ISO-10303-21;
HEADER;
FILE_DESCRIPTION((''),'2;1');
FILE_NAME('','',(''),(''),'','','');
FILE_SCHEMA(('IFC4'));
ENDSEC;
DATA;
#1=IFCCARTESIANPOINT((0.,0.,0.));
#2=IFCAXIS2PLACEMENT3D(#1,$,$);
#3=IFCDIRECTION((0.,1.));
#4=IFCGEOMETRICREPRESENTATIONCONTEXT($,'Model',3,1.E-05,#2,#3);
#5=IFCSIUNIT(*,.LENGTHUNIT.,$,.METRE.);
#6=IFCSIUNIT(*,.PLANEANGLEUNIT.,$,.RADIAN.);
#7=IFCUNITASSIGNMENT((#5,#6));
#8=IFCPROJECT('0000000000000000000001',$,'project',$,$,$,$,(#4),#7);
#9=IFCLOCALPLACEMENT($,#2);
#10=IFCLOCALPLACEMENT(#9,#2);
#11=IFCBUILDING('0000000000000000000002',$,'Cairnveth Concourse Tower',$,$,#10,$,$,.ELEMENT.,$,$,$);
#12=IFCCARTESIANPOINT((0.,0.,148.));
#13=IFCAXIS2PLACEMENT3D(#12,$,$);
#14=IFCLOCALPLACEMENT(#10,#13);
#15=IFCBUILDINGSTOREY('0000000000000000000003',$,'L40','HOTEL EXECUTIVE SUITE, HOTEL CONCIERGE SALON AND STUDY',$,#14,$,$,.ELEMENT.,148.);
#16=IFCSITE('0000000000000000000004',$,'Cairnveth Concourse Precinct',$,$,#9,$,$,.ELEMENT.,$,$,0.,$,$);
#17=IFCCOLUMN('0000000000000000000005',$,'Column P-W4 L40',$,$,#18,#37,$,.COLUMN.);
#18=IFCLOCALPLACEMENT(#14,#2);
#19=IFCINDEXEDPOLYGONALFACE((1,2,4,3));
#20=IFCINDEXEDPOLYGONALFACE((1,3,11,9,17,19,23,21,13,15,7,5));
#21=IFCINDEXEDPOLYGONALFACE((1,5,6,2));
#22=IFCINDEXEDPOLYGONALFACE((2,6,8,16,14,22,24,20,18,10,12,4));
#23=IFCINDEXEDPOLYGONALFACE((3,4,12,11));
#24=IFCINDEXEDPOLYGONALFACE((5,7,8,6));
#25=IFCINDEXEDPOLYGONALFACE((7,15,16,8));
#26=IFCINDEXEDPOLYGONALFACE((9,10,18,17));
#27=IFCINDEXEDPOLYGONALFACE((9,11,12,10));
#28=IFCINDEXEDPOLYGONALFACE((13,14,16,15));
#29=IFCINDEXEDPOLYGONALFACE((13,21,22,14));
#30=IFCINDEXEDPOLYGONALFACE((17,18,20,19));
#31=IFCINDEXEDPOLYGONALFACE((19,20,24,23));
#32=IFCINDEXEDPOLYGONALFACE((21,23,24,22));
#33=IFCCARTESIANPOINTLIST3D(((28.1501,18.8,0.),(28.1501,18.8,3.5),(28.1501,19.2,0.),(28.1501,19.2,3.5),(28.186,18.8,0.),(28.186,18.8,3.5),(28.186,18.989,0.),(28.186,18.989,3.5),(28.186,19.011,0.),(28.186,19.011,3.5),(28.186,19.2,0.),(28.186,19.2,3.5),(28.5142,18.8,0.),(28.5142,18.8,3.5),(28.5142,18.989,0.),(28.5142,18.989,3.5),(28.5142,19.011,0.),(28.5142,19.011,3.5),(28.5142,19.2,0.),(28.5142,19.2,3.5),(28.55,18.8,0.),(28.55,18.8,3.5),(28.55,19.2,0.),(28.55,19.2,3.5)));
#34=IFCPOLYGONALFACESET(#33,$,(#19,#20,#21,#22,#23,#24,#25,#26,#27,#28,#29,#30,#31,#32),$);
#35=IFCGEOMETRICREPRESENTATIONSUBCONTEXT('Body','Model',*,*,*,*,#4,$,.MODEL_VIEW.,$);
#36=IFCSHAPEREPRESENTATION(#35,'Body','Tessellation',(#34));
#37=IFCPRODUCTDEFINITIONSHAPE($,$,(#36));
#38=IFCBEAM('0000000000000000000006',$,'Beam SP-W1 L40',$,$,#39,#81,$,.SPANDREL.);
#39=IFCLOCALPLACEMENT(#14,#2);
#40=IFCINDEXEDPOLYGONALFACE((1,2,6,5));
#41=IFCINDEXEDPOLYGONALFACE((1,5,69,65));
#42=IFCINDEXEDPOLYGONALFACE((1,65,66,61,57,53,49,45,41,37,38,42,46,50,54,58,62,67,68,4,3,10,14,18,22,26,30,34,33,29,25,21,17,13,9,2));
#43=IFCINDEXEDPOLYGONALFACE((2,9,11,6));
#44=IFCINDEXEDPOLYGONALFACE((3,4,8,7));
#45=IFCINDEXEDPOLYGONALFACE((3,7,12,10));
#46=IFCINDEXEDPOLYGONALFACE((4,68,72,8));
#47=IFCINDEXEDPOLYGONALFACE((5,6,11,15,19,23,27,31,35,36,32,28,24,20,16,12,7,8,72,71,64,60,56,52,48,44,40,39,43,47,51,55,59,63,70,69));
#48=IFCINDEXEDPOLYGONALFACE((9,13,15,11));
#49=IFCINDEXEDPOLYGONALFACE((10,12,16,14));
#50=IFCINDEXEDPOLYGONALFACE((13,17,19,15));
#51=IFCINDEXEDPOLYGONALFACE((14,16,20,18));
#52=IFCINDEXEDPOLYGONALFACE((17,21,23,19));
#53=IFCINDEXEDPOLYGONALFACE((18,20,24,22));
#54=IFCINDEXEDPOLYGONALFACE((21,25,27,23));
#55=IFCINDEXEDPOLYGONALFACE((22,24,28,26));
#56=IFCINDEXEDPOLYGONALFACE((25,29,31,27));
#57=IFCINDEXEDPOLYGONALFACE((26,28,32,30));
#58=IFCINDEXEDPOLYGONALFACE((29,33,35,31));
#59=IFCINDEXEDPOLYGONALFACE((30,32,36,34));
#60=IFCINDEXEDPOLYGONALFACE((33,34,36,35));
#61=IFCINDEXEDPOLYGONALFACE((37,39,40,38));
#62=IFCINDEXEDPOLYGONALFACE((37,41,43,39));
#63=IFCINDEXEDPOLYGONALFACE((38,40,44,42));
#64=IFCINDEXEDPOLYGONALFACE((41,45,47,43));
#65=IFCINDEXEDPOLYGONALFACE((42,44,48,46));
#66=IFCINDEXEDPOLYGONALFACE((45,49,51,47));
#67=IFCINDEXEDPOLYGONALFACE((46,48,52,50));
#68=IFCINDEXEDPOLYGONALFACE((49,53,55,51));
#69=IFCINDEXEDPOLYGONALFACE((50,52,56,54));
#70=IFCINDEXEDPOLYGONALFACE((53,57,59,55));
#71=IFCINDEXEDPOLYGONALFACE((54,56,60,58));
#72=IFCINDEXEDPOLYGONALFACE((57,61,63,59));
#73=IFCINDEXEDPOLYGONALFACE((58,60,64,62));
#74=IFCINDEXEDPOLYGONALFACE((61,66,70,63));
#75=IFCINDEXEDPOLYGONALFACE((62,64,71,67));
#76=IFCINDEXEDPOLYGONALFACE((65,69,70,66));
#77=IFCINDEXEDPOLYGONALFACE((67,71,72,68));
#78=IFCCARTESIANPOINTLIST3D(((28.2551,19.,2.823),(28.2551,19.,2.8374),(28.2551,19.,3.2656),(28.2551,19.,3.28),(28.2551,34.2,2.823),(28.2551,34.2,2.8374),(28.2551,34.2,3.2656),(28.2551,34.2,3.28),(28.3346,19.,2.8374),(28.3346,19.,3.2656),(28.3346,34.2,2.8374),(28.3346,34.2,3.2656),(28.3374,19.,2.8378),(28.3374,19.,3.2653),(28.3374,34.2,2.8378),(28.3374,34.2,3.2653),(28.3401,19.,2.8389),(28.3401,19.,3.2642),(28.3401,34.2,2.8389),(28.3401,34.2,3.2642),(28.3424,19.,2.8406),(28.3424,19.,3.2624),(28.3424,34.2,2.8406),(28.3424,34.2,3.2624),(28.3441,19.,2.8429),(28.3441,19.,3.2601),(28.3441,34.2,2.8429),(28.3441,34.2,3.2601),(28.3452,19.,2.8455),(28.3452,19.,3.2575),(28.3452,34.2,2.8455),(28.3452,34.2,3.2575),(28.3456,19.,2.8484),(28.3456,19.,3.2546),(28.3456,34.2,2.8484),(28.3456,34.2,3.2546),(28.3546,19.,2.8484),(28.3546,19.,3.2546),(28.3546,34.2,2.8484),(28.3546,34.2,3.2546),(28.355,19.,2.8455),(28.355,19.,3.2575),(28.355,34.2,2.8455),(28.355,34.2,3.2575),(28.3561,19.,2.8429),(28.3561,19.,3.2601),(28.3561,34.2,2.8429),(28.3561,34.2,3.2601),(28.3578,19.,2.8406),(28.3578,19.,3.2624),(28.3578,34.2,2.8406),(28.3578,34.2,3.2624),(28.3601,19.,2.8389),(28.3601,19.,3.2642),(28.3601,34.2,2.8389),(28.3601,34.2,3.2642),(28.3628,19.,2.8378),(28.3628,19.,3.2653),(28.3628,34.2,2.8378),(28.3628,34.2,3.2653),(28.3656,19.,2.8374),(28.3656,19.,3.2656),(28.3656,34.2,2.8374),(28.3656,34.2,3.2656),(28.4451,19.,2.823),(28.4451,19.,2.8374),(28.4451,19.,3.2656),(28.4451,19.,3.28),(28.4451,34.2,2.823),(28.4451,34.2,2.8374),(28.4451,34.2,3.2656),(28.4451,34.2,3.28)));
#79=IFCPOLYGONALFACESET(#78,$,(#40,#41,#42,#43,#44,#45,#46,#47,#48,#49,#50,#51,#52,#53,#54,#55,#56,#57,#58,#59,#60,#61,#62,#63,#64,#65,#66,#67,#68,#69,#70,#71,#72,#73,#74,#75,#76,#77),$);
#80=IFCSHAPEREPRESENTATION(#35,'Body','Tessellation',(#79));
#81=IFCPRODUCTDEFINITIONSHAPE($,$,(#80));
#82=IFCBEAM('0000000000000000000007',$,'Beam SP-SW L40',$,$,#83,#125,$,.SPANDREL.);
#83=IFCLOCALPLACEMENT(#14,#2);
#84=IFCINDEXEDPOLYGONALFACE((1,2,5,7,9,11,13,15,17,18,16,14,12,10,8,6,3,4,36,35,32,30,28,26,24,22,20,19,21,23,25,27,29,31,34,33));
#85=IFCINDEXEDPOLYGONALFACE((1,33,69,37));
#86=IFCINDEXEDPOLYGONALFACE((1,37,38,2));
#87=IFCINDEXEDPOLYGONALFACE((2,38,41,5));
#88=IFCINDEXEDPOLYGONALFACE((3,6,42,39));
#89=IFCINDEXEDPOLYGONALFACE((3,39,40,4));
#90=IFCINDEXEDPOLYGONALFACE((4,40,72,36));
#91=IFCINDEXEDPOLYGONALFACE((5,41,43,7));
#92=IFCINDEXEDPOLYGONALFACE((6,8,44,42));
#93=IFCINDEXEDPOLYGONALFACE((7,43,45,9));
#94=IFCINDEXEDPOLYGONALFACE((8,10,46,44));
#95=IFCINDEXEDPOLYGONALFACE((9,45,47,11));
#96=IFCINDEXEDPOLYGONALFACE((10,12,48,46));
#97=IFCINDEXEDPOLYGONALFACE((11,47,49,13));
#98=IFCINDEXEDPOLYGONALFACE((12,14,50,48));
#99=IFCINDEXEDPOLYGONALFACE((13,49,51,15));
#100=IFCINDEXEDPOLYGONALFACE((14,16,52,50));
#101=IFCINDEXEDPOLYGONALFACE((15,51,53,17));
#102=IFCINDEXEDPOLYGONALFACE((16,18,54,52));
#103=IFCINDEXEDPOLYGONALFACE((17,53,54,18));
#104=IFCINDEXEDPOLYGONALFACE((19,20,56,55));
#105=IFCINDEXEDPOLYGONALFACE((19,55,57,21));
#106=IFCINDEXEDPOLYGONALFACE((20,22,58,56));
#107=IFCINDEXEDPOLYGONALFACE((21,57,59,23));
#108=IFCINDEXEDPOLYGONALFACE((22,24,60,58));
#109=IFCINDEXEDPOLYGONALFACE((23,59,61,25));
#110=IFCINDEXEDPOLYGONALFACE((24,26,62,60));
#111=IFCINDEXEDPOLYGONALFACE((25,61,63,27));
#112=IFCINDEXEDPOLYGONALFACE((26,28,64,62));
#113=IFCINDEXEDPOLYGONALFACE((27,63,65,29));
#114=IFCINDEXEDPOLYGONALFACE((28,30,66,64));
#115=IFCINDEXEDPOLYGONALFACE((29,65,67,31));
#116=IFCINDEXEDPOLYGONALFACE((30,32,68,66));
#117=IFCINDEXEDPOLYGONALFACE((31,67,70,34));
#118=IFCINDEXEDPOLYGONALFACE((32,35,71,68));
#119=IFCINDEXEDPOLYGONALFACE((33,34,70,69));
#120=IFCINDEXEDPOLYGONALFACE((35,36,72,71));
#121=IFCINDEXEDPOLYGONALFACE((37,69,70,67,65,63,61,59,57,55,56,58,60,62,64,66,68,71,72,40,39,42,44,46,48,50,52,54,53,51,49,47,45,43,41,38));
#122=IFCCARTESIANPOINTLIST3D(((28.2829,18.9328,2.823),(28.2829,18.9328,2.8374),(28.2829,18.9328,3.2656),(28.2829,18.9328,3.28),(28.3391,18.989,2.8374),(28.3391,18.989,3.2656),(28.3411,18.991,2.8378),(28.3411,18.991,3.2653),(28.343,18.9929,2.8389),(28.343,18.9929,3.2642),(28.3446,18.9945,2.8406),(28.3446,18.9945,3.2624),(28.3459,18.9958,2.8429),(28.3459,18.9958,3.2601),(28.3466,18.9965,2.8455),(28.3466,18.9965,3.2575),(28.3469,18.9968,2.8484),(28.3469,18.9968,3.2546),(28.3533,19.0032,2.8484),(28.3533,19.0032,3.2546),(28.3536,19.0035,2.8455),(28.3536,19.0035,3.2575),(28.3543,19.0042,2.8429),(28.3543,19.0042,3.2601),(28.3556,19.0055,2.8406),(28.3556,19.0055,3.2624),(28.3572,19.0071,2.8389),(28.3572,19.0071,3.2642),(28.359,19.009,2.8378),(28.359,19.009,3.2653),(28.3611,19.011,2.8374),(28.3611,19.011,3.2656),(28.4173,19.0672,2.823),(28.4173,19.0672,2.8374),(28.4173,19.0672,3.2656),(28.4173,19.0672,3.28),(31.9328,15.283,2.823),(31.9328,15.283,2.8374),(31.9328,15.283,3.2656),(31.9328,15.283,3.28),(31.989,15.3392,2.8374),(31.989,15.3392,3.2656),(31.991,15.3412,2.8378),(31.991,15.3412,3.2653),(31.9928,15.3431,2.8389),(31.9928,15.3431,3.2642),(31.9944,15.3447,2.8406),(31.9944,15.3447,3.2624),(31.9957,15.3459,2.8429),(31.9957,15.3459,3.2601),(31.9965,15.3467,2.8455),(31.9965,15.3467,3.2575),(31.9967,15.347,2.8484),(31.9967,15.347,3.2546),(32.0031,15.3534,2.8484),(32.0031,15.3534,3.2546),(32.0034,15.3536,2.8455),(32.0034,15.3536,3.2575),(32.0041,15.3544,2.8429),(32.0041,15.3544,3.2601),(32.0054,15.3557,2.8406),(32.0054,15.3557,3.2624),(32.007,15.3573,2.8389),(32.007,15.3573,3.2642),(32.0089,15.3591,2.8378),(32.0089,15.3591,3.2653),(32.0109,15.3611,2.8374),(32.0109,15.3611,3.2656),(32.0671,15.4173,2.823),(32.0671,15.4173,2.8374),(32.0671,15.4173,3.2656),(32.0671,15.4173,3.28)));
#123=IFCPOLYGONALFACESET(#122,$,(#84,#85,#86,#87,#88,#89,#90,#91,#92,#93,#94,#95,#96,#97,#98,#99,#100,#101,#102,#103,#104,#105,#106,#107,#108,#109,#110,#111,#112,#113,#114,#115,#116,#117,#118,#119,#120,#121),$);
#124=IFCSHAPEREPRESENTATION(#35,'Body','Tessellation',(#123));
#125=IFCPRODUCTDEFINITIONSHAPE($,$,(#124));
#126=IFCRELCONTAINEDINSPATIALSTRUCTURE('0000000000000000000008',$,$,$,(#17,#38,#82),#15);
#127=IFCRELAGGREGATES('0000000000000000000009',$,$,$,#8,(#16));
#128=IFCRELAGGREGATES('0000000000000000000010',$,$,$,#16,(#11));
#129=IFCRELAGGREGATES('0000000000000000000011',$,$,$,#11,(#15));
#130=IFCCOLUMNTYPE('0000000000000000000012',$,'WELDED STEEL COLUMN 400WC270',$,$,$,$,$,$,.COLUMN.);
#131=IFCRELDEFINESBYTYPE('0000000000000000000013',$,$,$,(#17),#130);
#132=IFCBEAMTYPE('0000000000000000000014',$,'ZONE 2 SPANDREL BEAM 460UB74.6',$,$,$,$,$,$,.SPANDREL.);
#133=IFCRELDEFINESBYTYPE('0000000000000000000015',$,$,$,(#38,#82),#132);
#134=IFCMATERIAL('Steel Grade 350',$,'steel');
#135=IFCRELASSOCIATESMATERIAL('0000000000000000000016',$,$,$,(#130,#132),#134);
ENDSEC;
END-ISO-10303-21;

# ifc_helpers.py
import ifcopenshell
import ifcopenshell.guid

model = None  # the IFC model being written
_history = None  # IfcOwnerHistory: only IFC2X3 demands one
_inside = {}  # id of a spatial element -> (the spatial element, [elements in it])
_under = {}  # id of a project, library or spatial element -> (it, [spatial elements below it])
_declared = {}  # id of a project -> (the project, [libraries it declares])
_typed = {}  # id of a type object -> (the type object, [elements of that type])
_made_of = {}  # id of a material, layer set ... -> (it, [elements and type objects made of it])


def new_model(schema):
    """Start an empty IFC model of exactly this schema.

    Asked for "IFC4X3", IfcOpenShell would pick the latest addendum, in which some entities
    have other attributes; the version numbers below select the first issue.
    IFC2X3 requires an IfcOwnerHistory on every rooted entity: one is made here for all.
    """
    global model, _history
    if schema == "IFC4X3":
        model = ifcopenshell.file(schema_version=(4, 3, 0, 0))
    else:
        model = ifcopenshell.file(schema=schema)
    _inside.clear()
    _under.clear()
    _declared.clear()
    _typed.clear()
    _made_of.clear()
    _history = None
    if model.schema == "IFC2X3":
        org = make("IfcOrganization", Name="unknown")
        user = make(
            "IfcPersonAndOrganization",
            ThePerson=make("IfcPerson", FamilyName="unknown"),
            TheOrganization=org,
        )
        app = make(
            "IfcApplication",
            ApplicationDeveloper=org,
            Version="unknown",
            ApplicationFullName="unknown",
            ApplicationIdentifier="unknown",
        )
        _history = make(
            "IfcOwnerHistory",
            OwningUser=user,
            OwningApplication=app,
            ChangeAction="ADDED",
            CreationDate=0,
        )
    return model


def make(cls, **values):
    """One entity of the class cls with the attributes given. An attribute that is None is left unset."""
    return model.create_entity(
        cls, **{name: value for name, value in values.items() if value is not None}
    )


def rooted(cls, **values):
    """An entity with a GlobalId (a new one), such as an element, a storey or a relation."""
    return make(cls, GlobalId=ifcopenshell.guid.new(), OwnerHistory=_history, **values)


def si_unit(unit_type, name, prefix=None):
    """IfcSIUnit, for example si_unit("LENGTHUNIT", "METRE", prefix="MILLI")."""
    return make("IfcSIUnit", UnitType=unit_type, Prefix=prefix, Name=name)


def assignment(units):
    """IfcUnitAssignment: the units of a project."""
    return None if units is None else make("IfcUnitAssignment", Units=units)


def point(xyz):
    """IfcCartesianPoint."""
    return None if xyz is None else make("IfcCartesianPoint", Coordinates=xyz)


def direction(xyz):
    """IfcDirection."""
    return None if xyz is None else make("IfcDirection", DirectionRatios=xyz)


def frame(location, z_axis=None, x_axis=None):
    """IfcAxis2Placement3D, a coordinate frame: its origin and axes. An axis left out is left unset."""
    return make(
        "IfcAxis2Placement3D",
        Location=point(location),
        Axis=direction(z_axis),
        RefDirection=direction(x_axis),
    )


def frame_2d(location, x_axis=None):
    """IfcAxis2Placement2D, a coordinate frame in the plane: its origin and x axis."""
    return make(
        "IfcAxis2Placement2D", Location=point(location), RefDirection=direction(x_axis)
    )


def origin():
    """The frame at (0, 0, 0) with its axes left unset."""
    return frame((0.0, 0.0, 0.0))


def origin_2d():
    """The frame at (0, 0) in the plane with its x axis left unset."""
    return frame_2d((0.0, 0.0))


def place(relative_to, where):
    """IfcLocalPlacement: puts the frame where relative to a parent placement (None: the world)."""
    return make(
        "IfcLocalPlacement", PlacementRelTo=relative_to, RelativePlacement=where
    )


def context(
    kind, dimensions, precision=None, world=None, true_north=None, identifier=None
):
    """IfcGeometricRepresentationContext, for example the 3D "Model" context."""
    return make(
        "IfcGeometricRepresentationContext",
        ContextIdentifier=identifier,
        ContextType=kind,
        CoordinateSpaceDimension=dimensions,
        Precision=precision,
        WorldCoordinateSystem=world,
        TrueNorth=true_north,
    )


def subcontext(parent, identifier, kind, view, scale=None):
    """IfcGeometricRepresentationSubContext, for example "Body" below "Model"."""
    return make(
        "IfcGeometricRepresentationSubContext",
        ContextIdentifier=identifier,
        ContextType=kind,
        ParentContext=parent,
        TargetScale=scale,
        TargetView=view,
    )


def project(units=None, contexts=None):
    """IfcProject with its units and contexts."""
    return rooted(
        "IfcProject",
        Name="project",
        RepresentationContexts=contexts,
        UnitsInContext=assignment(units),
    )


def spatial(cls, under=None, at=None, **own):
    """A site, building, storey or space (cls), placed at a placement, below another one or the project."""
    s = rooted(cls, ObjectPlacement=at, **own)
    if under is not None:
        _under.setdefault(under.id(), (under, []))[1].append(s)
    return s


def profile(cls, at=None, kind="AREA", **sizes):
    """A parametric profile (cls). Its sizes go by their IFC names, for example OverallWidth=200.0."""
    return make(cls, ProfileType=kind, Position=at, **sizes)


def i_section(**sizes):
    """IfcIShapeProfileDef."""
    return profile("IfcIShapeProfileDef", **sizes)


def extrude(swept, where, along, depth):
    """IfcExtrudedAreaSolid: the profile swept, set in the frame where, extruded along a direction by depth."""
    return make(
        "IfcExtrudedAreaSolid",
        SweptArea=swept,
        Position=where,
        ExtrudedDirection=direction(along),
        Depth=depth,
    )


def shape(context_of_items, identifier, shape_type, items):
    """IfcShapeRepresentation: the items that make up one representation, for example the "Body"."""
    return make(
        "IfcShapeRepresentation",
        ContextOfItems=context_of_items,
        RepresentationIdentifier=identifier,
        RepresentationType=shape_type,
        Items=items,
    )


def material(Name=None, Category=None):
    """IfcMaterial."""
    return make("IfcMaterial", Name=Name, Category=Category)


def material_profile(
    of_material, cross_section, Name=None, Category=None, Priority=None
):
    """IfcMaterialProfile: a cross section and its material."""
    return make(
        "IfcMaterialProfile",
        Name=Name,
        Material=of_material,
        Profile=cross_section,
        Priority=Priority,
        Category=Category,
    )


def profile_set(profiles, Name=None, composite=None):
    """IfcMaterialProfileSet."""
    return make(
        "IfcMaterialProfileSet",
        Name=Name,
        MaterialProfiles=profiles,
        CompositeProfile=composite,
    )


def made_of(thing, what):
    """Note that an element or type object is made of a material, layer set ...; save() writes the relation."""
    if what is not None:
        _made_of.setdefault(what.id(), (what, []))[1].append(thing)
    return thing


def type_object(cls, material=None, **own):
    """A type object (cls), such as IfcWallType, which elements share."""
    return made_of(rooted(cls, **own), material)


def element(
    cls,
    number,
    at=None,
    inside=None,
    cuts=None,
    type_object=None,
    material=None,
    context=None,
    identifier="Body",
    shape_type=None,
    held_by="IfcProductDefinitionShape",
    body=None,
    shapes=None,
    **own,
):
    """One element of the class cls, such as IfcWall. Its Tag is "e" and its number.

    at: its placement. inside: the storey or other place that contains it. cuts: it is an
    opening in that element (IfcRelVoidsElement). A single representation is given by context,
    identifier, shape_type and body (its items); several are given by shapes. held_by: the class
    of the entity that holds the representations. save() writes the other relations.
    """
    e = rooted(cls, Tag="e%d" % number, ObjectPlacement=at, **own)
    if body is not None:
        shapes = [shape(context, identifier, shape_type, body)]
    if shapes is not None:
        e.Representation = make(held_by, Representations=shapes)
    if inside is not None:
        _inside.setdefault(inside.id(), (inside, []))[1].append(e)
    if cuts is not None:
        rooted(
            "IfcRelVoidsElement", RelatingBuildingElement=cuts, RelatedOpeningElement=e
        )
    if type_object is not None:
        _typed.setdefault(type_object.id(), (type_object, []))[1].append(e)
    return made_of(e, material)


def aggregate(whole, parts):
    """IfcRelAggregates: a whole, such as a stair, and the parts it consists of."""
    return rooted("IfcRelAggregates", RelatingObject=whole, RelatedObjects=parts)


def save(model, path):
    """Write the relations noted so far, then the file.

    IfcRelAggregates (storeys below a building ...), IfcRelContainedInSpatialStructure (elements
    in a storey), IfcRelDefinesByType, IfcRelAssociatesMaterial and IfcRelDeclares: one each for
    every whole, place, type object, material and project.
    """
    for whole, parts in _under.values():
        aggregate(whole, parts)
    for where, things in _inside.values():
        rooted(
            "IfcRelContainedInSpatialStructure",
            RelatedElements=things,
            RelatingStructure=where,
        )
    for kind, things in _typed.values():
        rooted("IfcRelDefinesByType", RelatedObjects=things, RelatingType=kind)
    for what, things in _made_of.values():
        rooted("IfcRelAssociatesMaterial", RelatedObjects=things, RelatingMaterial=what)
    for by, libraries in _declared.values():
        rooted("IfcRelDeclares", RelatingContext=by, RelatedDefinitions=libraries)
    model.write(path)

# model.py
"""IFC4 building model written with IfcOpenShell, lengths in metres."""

from ifc_helpers import new_model, si_unit, direction, frame, origin, origin_2d, place, context, subcontext, project, spatial, i_section, extrude, material, material_profile, profile_set, type_object, element, save


model = new_model("IFC4")

# Units and contexts
model_context = context("Model", 3, precision=1e-05, world=origin(), true_north=direction((0.0, 1.0)))
body_context = subcontext(model_context, "Body", "Model", "MODEL_VIEW")
ifc_project = project(units=[si_unit("LENGTHUNIT", "METRE"), si_unit("PLANEANGLEUNIT", "RADIAN")], contexts=[model_context])

# Site, building, storey
site_placement = place(None, origin())
site = spatial("IfcSite", under=ifc_project, at=site_placement, Name="Cairnveth Concourse Precinct", CompositionType="ELEMENT", RefElevation=0.0)
building_placement = place(site_placement, origin())
building = spatial("IfcBuilding", under=site, at=building_placement, Name="Cairnveth Concourse Tower", CompositionType="ELEMENT")
storey_placement = place(building_placement, frame((0.0, 0.0, 148.0)))
storey = spatial("IfcBuildingStorey", under=building, at=storey_placement, Name="L40", Description="HOTEL EXECUTIVE SUITE, HOTEL CONCIERGE SALON AND STUDY", CompositionType="ELEMENT", Elevation=148.0)

# Column
ifc_material_1 = material(Name="Steel Grade 350", Category="steel")
ifc_material_profile_1 = material_profile(ifc_material_1, i_section(OverallWidth=0.3999, OverallDepth=0.3999, WebThickness=0.022, FlangeThickness=0.0359, at=origin_2d()), Name="400WC270")
ifc_profile_set_1 = profile_set([ifc_material_profile_1], Name="Steel Grade 350")
column_type = type_object("IfcColumnType", Name="WELDED STEEL COLUMN 400WC270", PredefinedType="COLUMN", material=ifc_profile_set_1)
column_placement = place(storey_placement, frame((28.3501, 19.0, 0.0), z_axis=(0.0, 0.0, 1.0), x_axis=(0.0, 1.0, 0.0)))
element("IfcColumn", 1, at=column_placement, inside=storey, type_object=column_type, Name="Column P-W4 L40", PredefinedType="COLUMN", context=body_context, shape_type="SweptSolid", body=[
    extrude(i_section(OverallWidth=0.3999, OverallDepth=0.3999, WebThickness=0.022, FlangeThickness=0.0359, at=origin_2d()), origin(), (0.0, 0.0, 1.0), 3.5),
])

# Beams
ifc_material_profile_2 = material_profile(ifc_material_1, i_section(OverallWidth=0.1899, OverallDepth=0.457, WebThickness=0.009, FlangeThickness=0.0144, FilletRadius=0.011, at=origin_2d()), Name="460UB74.6")
ifc_profile_set_2 = profile_set([ifc_material_profile_2], Name="Steel Grade 350")
beam_type = type_object("IfcBeamType", Name="ZONE 2 SPANDREL BEAM 460UB74.6", PredefinedType="SPANDREL", material=ifc_profile_set_2)
beam_1_placement = place(storey_placement, frame((28.3501, 19.0, 3.0515), z_axis=(0.0, 1.0, 0.0), x_axis=(-1.0, 0.0, 0.0)))
element("IfcBeam", 2, at=beam_1_placement, inside=storey, type_object=beam_type, Name="Beam SP-W1 L40", PredefinedType="SPANDREL", context=body_context, shape_type="SweptSolid", body=[
    extrude(i_section(OverallWidth=0.1899, OverallDepth=0.457, WebThickness=0.009, FlangeThickness=0.0144, FilletRadius=0.011, at=origin_2d()), origin(), (0.0, 0.0, 1.0), 15.2),
])
beam_2_placement = place(storey_placement, frame((28.3501, 19.0, 3.0515), z_axis=(0.707107, -0.707107, 0.0), x_axis=(0.707107, 0.707107, 0.0)))
element("IfcBeam", 3, at=beam_2_placement, inside=storey, type_object=beam_type, Name="Beam SP-SW L40", PredefinedType="SPANDREL", context=body_context, shape_type="SweptSolid", body=[
    extrude(i_section(OverallWidth=0.1899, OverallDepth=0.457, WebThickness=0.009, FlangeThickness=0.0144, FilletRadius=0.011, at=origin_2d()), origin(), (0.0, 0.0, 1.0), 5.1616),
])

save(model, "model.ifc")
